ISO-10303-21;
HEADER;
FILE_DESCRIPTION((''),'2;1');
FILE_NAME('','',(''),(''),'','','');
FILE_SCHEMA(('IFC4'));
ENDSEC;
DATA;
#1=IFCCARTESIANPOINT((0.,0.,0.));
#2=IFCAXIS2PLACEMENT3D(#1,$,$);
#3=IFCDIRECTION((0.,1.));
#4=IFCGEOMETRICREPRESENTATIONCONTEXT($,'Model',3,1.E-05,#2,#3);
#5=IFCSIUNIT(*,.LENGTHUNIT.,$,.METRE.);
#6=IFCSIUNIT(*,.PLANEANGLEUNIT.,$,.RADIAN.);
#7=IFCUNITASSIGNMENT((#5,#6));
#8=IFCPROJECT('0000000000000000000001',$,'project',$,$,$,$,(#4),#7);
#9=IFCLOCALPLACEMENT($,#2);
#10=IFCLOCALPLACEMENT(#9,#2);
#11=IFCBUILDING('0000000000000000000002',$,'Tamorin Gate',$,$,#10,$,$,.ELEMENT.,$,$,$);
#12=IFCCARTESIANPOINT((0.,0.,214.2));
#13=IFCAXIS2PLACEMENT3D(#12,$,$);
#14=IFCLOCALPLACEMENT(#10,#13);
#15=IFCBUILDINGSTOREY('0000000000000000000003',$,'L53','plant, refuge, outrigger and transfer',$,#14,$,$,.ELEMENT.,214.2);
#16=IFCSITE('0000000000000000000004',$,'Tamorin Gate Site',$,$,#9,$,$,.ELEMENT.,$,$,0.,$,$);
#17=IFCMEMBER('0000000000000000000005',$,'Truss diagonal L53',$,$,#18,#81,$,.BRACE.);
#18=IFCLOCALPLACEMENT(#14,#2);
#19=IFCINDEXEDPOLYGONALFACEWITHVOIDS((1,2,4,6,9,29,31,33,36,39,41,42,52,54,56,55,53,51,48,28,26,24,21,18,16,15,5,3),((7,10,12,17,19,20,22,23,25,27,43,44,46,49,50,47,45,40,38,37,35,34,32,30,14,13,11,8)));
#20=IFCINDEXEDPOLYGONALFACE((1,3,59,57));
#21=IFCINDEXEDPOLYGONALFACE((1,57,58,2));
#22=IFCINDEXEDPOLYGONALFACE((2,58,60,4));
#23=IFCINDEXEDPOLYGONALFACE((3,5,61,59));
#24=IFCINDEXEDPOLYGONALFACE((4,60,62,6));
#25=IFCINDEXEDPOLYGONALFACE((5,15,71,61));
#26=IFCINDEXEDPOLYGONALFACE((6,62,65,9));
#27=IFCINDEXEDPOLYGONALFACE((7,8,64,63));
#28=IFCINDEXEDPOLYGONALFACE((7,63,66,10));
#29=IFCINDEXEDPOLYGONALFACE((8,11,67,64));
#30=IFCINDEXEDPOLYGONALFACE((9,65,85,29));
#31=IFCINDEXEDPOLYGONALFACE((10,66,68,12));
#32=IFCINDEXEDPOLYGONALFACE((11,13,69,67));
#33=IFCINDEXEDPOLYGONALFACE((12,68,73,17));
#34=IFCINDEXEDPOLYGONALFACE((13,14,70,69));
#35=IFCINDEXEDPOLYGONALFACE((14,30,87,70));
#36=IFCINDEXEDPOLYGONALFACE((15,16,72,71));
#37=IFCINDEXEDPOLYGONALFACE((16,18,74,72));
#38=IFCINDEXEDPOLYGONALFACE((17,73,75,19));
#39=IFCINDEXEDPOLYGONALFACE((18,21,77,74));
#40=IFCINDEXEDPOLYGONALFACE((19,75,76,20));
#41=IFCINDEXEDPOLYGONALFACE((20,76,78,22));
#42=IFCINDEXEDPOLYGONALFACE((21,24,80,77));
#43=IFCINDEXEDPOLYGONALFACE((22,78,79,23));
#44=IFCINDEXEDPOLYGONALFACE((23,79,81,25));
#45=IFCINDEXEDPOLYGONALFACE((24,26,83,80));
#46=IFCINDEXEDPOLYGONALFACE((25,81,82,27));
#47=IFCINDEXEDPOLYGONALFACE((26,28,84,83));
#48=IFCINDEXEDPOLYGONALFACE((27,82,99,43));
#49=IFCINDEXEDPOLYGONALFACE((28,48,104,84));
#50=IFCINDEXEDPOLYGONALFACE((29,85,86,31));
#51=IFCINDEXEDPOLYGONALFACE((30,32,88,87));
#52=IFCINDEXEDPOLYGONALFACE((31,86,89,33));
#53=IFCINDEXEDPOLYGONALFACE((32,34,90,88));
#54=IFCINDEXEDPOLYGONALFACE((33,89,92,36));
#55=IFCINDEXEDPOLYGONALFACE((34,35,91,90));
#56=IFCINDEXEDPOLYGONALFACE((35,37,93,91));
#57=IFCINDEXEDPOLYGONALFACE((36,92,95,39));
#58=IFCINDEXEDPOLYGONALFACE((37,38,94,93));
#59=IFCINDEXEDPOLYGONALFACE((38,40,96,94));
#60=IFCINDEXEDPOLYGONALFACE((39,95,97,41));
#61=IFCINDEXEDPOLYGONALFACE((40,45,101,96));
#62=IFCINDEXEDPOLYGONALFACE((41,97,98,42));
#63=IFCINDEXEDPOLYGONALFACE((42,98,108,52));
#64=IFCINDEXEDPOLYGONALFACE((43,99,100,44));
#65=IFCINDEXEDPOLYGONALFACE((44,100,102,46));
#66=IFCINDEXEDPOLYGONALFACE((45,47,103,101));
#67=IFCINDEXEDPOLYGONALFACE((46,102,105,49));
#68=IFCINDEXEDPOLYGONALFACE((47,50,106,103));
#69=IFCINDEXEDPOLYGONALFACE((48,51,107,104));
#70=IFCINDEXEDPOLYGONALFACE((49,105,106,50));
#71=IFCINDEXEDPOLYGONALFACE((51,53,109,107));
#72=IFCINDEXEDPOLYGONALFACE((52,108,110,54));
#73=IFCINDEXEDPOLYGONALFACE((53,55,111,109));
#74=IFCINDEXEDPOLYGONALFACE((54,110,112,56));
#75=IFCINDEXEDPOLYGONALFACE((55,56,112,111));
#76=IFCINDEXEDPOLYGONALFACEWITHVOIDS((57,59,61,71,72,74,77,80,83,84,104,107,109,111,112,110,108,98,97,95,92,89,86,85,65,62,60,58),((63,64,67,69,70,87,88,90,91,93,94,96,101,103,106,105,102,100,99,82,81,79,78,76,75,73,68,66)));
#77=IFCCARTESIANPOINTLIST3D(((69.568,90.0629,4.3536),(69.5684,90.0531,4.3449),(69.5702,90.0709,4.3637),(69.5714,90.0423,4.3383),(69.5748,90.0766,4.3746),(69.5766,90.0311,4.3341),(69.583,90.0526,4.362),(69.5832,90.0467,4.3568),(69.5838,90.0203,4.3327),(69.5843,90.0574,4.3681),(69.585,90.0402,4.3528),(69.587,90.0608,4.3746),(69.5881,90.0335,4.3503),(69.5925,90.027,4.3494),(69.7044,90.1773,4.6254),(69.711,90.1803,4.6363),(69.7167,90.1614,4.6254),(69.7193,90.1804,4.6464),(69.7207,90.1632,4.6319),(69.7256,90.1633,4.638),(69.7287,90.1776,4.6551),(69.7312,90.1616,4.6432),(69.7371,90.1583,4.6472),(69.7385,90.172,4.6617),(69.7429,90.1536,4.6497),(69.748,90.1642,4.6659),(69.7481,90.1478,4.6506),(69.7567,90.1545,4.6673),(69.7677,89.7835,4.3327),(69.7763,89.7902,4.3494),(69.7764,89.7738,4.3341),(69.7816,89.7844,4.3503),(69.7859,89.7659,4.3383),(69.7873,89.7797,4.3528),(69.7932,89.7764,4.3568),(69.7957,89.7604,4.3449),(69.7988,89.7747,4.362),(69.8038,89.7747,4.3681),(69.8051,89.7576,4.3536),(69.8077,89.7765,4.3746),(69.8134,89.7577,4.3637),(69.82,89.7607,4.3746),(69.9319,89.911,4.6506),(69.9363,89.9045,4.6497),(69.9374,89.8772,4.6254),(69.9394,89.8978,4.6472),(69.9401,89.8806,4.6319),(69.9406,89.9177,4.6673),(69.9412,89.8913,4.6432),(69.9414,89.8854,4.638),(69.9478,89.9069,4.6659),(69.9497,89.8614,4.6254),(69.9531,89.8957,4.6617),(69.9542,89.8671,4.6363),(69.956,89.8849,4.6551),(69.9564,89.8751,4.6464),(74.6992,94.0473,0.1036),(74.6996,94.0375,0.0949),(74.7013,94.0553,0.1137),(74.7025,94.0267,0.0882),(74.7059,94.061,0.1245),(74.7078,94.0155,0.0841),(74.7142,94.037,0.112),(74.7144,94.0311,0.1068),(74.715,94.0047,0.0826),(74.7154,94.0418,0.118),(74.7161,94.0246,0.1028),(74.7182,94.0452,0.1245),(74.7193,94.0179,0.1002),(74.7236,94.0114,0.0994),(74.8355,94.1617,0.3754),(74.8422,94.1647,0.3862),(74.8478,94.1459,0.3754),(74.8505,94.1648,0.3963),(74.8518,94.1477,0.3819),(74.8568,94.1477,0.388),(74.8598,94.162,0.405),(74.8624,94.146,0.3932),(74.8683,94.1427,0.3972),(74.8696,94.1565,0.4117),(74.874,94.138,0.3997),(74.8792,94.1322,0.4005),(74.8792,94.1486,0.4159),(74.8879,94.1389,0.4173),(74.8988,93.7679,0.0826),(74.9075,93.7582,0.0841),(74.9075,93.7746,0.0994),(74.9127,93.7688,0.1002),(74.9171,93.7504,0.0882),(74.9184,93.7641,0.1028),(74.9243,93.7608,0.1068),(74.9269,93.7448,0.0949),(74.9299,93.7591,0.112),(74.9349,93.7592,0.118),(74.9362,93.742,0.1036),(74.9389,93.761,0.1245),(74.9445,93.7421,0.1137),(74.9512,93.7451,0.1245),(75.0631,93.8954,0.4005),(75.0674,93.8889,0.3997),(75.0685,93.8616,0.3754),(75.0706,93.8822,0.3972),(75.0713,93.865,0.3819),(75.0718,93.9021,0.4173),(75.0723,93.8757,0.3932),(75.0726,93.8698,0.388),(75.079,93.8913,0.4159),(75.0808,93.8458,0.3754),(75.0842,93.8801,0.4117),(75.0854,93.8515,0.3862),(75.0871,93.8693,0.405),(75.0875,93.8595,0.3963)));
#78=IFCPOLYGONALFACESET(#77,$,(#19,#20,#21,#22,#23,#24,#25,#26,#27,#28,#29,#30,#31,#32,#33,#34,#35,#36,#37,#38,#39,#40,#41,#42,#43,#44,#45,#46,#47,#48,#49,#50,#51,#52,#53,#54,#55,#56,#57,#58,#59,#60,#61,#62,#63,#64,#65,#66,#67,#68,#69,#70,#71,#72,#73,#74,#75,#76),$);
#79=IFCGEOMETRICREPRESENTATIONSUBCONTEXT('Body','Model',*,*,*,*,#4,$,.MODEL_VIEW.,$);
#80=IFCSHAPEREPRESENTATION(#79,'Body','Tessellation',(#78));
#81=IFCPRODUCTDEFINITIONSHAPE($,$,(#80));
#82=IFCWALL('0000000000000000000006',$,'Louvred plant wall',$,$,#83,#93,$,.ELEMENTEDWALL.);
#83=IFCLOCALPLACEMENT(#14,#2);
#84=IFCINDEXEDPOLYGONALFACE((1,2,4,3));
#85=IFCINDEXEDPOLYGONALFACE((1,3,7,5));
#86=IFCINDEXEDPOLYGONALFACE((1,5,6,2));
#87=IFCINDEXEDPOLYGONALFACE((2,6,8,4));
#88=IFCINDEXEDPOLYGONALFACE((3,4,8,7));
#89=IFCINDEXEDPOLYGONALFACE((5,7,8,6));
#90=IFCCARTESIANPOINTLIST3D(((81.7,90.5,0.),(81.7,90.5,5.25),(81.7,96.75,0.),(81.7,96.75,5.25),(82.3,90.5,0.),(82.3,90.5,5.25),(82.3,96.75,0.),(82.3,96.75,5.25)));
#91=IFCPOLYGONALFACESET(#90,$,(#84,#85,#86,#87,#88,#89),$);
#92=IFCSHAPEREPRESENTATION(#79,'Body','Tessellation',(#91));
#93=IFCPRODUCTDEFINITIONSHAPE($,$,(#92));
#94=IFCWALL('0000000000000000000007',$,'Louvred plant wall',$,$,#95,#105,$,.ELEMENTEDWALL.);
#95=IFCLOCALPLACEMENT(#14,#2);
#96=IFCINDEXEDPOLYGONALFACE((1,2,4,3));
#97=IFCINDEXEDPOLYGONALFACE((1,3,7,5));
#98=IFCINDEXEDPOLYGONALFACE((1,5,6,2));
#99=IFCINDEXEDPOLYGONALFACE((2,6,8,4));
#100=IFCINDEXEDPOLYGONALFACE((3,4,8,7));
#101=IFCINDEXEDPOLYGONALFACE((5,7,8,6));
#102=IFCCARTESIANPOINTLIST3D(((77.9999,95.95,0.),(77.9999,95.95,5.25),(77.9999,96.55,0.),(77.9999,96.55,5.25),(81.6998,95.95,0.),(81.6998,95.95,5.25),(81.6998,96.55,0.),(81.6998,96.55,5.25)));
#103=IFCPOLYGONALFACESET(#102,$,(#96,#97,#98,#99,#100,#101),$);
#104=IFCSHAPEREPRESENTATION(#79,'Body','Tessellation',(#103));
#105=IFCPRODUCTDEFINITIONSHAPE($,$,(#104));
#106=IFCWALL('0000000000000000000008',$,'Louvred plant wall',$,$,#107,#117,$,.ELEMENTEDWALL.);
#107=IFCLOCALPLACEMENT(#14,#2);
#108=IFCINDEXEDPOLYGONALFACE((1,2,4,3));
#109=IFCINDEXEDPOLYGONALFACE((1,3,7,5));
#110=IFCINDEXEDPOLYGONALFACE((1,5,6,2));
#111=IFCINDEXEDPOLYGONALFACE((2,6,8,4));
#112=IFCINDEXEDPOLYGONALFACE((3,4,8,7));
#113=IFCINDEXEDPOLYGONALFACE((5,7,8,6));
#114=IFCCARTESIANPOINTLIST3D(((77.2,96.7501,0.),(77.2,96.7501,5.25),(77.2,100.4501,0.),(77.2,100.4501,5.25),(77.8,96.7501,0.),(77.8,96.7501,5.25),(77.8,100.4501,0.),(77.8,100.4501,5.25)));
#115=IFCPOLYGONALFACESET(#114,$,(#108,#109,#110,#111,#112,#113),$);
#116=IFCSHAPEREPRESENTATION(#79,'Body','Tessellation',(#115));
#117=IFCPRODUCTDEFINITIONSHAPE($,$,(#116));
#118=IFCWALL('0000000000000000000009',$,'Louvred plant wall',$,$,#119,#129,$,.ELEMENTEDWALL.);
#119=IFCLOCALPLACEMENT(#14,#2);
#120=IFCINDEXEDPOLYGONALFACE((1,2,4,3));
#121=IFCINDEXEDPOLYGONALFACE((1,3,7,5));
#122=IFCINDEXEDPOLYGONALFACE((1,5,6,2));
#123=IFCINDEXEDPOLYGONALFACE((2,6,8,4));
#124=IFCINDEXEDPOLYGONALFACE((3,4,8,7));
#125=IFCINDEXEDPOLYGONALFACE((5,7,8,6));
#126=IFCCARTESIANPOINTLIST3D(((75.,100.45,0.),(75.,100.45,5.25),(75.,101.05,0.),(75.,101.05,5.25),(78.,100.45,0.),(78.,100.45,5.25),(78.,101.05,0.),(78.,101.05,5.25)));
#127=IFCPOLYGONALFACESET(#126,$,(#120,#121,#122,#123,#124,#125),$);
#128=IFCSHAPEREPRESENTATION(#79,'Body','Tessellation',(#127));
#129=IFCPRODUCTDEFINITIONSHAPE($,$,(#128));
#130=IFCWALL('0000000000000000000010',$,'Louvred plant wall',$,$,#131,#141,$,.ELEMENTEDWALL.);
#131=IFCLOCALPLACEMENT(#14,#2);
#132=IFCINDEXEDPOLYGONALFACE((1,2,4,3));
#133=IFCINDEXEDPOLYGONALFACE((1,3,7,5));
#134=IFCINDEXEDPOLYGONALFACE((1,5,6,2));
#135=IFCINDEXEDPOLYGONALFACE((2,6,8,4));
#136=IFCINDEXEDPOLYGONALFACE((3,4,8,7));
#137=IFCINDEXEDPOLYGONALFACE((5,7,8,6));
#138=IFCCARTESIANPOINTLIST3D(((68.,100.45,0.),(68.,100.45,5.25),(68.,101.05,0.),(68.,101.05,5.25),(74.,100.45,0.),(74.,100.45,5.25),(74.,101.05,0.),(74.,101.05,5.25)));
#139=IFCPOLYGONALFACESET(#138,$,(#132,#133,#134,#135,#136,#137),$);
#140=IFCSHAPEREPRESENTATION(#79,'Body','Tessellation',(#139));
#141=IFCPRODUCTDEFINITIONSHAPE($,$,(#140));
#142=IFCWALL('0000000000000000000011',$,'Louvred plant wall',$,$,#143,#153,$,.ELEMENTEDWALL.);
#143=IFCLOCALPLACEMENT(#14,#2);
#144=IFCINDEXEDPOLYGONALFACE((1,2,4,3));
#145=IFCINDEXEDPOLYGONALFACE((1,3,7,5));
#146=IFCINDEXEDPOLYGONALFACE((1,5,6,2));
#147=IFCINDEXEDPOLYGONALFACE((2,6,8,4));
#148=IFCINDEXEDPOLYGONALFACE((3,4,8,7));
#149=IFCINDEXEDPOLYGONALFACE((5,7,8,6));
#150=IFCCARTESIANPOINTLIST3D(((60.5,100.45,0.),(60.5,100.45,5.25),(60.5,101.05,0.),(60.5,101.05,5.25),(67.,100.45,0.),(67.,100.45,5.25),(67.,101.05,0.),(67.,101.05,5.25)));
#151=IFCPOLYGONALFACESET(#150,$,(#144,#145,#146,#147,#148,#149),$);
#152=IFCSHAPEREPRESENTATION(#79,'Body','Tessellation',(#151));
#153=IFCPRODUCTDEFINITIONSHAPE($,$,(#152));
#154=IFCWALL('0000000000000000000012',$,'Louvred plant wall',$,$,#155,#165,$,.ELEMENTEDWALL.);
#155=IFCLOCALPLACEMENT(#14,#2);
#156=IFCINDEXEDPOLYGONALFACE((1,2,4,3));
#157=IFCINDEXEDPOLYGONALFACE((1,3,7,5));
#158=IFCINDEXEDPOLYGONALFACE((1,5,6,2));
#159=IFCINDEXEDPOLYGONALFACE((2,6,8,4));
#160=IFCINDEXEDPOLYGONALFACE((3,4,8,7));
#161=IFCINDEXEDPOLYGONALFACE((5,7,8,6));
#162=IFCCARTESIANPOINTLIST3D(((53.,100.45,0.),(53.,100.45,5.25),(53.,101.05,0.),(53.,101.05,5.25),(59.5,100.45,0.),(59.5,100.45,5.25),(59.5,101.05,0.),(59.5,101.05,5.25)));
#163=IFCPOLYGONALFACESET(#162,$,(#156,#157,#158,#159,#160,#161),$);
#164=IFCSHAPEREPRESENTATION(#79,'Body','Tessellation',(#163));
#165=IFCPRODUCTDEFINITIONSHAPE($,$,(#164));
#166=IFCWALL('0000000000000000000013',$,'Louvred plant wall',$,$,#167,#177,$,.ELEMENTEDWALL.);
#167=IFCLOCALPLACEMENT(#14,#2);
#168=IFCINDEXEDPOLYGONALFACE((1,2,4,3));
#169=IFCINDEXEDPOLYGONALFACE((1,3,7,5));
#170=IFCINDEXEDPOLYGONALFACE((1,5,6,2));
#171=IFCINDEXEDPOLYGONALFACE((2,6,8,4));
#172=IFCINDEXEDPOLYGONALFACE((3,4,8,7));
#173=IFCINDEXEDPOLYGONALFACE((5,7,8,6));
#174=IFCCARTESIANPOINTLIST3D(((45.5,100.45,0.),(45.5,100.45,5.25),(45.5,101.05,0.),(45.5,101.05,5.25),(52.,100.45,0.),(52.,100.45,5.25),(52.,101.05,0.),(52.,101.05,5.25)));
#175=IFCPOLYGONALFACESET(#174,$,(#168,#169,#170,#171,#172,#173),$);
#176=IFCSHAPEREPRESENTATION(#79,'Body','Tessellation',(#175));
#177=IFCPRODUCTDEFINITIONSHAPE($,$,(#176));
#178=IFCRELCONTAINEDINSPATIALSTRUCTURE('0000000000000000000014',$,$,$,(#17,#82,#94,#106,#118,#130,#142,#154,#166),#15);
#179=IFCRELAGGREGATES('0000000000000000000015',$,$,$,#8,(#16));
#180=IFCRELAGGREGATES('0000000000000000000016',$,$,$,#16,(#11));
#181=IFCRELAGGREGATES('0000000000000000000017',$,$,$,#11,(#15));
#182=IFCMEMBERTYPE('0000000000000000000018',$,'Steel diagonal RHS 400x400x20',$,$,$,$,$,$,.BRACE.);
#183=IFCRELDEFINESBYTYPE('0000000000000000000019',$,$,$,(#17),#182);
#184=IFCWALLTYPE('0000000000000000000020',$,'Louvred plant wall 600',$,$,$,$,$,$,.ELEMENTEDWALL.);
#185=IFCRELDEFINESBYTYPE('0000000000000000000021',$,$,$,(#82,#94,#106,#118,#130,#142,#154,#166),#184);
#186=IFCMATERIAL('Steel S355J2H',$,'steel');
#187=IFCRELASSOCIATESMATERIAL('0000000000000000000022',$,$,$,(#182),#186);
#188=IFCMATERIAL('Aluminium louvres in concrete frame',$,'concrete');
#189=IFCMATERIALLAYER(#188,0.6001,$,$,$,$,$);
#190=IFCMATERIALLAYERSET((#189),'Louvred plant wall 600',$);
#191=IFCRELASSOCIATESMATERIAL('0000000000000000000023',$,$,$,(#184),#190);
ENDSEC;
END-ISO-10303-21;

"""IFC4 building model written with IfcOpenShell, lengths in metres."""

from ifc_helpers import new_model, si_unit, direction, frame, frame_2d, origin, origin_2d, place, context, subcontext, project, spatial, rectangle, hollow_rectangle, extrude, material, layer, layer_set, material_profile, profile_set, type_object, element, save


model = new_model("IFC4")

# Units and contexts
model_context = context("Model", 3, precision=1e-05, world=origin(), true_north=direction((0.0, 1.0)))
body_context = subcontext(model_context, "Body", "Model", "MODEL_VIEW")
ifc_project = project(units=[si_unit("LENGTHUNIT", "METRE"), si_unit("PLANEANGLEUNIT", "RADIAN")], contexts=[model_context])

# Site, building, storey
site_placement = place(None, origin())
site = spatial("IfcSite", under=ifc_project, at=site_placement, Name="Tamorin Gate Site", CompositionType="ELEMENT", RefElevation=0.0)
building_placement = place(site_placement, origin())
building = spatial("IfcBuilding", under=site, at=building_placement, Name="Tamorin Gate", CompositionType="ELEMENT")
storey_placement = place(building_placement, frame((0.0, 0.0, 214.2)))
storey = spatial("IfcBuildingStorey", under=building, at=storey_placement, Name="L53", Description="plant, refuge, outrigger and transfer", CompositionType="ELEMENT", Elevation=214.2)

# Member
ifc_material_1 = material(Name="Steel S355J2H", Category="steel")
ifc_material_profile_1 = material_profile(ifc_material_1, hollow_rectangle(XDim=0.3999, YDim=0.3999, WallThickness=0.02, InnerFilletRadius=0.03, OuterFilletRadius=0.05, at=origin_2d()), Name="RHS 400x400x20")
ifc_profile_set_1 = profile_set([ifc_material_profile_1], Name="Steel S355J2H")
member_type_1 = type_object("IfcMemberType", Name="Steel diagonal RHS 400x400x20", PredefinedType="BRACE", material=ifc_profile_set_1)
member_placement = place(storey_placement, frame((69.7622, 89.969, 4.5), z_axis=(0.660959, 0.513244, -0.547461), x_axis=(-0.613319, 0.789836, 0.0)))
element("IfcMember", 1, at=member_placement, inside=storey, type_object=member_type_1, Name="Truss diagonal L53", PredefinedType="BRACE", context=body_context, shape_type="SweptSolid", body=[
    extrude(hollow_rectangle(XDim=0.3999, YDim=0.3999, WallThickness=0.02, InnerFilletRadius=0.03, OuterFilletRadius=0.05, at=origin_2d()), origin(), (0.0, 0.0, 1.0), 7.7632),
])

# Walls
ifc_material_2 = material(Name="Aluminium louvres in concrete frame", Category="concrete")
ifc_layer = layer(ifc_material_2, 0.6001)
ifc_layer_set = layer_set([ifc_layer], Name="Louvred plant wall 600")
wall_type = type_object("IfcWallType", Name="Louvred plant wall 600", PredefinedType="ELEMENTEDWALL", material=ifc_layer_set)
wall_1_placement = place(storey_placement, frame((82.0, 90.5, 0.0), z_axis=(0.0, 0.0, 1.0), x_axis=(0.0, 1.0, 0.0)))
element("IfcWall", 2, at=wall_1_placement, inside=storey, type_object=wall_type, Name="Louvred plant wall", PredefinedType="ELEMENTEDWALL", context=body_context, shape_type="SweptSolid", body=[
    extrude(rectangle(XDim=6.25, YDim=0.6001, at=frame_2d((3.125, 0.0))), origin(), (0.0, 0.0, 1.0), 5.25),
])
for number, where, z_axis, x_axis, name in (
    (3, (81.7, 96.25, 0.0), (0.0, 0.0, 1.0), (-1.0, 0.0, 0.0), "Louvred plant wall"),
    (4, (77.5, 96.75, 0.0), (0.0, 0.0, 1.0), (0.0, 1.0, 0.0), "Louvred plant wall"),
):
    element("IfcWall", number, at=place(storey_placement, frame(where, z_axis=z_axis, x_axis=x_axis)), inside=storey, type_object=wall_type, Name=name, PredefinedType="ELEMENTEDWALL", context=body_context, shape_type="SweptSolid", body=[
        extrude(rectangle(XDim=3.7, YDim=0.6001, at=frame_2d((1.8501, 0.0))), origin(), (0.0, 0.0, 1.0), 5.25),
    ])
wall_2_placement = place(storey_placement, frame((78.0, 100.75, 0.0), z_axis=(0.0, 0.0, 1.0), x_axis=(-1.0, 0.0, 0.0)))
element("IfcWall", 5, at=wall_2_placement, inside=storey, type_object=wall_type, Name="Louvred plant wall", PredefinedType="ELEMENTEDWALL", context=body_context, shape_type="SweptSolid", body=[
    extrude(rectangle(XDim=3.0, YDim=0.6001, at=frame_2d((1.5, 0.0))), origin(), (0.0, 0.0, 1.0), 5.25),
])
wall_3_placement = place(storey_placement, frame((74.0, 100.75, 0.0), z_axis=(0.0, 0.0, 1.0), x_axis=(-1.0, 0.0, 0.0)))
element("IfcWall", 6, at=wall_3_placement, inside=storey, type_object=wall_type, Name="Louvred plant wall", PredefinedType="ELEMENTEDWALL", context=body_context, shape_type="SweptSolid", body=[
    extrude(rectangle(XDim=6.0, YDim=0.6001, at=frame_2d((3.0, 0.0))), origin(), (0.0, 0.0, 1.0), 5.25),
])
for number, where, z_axis, x_axis, name in (
    (7, (67.0, 100.75, 0.0), (0.0, 0.0, 1.0), (-1.0, 0.0, 0.0), "Louvred plant wall"),
    (8, (59.5, 100.75, 0.0), (0.0, 0.0, 1.0), (-1.0, 0.0, 0.0), "Louvred plant wall"),
    (9, (52.0, 100.75, 0.0), (0.0, 0.0, 1.0), (-1.0, 0.0, 0.0), "Louvred plant wall"),
):
    element("IfcWall", number, at=place(storey_placement, frame(where, z_axis=z_axis, x_axis=x_axis)), inside=storey, type_object=wall_type, Name=name, PredefinedType="ELEMENTEDWALL", context=body_context, shape_type="SweptSolid", body=[
        extrude(rectangle(XDim=6.5, YDim=0.6001, at=frame_2d((3.25, 0.0))), origin(), (0.0, 0.0, 1.0), 5.25),
    ])

save(model, "model.ifc")
